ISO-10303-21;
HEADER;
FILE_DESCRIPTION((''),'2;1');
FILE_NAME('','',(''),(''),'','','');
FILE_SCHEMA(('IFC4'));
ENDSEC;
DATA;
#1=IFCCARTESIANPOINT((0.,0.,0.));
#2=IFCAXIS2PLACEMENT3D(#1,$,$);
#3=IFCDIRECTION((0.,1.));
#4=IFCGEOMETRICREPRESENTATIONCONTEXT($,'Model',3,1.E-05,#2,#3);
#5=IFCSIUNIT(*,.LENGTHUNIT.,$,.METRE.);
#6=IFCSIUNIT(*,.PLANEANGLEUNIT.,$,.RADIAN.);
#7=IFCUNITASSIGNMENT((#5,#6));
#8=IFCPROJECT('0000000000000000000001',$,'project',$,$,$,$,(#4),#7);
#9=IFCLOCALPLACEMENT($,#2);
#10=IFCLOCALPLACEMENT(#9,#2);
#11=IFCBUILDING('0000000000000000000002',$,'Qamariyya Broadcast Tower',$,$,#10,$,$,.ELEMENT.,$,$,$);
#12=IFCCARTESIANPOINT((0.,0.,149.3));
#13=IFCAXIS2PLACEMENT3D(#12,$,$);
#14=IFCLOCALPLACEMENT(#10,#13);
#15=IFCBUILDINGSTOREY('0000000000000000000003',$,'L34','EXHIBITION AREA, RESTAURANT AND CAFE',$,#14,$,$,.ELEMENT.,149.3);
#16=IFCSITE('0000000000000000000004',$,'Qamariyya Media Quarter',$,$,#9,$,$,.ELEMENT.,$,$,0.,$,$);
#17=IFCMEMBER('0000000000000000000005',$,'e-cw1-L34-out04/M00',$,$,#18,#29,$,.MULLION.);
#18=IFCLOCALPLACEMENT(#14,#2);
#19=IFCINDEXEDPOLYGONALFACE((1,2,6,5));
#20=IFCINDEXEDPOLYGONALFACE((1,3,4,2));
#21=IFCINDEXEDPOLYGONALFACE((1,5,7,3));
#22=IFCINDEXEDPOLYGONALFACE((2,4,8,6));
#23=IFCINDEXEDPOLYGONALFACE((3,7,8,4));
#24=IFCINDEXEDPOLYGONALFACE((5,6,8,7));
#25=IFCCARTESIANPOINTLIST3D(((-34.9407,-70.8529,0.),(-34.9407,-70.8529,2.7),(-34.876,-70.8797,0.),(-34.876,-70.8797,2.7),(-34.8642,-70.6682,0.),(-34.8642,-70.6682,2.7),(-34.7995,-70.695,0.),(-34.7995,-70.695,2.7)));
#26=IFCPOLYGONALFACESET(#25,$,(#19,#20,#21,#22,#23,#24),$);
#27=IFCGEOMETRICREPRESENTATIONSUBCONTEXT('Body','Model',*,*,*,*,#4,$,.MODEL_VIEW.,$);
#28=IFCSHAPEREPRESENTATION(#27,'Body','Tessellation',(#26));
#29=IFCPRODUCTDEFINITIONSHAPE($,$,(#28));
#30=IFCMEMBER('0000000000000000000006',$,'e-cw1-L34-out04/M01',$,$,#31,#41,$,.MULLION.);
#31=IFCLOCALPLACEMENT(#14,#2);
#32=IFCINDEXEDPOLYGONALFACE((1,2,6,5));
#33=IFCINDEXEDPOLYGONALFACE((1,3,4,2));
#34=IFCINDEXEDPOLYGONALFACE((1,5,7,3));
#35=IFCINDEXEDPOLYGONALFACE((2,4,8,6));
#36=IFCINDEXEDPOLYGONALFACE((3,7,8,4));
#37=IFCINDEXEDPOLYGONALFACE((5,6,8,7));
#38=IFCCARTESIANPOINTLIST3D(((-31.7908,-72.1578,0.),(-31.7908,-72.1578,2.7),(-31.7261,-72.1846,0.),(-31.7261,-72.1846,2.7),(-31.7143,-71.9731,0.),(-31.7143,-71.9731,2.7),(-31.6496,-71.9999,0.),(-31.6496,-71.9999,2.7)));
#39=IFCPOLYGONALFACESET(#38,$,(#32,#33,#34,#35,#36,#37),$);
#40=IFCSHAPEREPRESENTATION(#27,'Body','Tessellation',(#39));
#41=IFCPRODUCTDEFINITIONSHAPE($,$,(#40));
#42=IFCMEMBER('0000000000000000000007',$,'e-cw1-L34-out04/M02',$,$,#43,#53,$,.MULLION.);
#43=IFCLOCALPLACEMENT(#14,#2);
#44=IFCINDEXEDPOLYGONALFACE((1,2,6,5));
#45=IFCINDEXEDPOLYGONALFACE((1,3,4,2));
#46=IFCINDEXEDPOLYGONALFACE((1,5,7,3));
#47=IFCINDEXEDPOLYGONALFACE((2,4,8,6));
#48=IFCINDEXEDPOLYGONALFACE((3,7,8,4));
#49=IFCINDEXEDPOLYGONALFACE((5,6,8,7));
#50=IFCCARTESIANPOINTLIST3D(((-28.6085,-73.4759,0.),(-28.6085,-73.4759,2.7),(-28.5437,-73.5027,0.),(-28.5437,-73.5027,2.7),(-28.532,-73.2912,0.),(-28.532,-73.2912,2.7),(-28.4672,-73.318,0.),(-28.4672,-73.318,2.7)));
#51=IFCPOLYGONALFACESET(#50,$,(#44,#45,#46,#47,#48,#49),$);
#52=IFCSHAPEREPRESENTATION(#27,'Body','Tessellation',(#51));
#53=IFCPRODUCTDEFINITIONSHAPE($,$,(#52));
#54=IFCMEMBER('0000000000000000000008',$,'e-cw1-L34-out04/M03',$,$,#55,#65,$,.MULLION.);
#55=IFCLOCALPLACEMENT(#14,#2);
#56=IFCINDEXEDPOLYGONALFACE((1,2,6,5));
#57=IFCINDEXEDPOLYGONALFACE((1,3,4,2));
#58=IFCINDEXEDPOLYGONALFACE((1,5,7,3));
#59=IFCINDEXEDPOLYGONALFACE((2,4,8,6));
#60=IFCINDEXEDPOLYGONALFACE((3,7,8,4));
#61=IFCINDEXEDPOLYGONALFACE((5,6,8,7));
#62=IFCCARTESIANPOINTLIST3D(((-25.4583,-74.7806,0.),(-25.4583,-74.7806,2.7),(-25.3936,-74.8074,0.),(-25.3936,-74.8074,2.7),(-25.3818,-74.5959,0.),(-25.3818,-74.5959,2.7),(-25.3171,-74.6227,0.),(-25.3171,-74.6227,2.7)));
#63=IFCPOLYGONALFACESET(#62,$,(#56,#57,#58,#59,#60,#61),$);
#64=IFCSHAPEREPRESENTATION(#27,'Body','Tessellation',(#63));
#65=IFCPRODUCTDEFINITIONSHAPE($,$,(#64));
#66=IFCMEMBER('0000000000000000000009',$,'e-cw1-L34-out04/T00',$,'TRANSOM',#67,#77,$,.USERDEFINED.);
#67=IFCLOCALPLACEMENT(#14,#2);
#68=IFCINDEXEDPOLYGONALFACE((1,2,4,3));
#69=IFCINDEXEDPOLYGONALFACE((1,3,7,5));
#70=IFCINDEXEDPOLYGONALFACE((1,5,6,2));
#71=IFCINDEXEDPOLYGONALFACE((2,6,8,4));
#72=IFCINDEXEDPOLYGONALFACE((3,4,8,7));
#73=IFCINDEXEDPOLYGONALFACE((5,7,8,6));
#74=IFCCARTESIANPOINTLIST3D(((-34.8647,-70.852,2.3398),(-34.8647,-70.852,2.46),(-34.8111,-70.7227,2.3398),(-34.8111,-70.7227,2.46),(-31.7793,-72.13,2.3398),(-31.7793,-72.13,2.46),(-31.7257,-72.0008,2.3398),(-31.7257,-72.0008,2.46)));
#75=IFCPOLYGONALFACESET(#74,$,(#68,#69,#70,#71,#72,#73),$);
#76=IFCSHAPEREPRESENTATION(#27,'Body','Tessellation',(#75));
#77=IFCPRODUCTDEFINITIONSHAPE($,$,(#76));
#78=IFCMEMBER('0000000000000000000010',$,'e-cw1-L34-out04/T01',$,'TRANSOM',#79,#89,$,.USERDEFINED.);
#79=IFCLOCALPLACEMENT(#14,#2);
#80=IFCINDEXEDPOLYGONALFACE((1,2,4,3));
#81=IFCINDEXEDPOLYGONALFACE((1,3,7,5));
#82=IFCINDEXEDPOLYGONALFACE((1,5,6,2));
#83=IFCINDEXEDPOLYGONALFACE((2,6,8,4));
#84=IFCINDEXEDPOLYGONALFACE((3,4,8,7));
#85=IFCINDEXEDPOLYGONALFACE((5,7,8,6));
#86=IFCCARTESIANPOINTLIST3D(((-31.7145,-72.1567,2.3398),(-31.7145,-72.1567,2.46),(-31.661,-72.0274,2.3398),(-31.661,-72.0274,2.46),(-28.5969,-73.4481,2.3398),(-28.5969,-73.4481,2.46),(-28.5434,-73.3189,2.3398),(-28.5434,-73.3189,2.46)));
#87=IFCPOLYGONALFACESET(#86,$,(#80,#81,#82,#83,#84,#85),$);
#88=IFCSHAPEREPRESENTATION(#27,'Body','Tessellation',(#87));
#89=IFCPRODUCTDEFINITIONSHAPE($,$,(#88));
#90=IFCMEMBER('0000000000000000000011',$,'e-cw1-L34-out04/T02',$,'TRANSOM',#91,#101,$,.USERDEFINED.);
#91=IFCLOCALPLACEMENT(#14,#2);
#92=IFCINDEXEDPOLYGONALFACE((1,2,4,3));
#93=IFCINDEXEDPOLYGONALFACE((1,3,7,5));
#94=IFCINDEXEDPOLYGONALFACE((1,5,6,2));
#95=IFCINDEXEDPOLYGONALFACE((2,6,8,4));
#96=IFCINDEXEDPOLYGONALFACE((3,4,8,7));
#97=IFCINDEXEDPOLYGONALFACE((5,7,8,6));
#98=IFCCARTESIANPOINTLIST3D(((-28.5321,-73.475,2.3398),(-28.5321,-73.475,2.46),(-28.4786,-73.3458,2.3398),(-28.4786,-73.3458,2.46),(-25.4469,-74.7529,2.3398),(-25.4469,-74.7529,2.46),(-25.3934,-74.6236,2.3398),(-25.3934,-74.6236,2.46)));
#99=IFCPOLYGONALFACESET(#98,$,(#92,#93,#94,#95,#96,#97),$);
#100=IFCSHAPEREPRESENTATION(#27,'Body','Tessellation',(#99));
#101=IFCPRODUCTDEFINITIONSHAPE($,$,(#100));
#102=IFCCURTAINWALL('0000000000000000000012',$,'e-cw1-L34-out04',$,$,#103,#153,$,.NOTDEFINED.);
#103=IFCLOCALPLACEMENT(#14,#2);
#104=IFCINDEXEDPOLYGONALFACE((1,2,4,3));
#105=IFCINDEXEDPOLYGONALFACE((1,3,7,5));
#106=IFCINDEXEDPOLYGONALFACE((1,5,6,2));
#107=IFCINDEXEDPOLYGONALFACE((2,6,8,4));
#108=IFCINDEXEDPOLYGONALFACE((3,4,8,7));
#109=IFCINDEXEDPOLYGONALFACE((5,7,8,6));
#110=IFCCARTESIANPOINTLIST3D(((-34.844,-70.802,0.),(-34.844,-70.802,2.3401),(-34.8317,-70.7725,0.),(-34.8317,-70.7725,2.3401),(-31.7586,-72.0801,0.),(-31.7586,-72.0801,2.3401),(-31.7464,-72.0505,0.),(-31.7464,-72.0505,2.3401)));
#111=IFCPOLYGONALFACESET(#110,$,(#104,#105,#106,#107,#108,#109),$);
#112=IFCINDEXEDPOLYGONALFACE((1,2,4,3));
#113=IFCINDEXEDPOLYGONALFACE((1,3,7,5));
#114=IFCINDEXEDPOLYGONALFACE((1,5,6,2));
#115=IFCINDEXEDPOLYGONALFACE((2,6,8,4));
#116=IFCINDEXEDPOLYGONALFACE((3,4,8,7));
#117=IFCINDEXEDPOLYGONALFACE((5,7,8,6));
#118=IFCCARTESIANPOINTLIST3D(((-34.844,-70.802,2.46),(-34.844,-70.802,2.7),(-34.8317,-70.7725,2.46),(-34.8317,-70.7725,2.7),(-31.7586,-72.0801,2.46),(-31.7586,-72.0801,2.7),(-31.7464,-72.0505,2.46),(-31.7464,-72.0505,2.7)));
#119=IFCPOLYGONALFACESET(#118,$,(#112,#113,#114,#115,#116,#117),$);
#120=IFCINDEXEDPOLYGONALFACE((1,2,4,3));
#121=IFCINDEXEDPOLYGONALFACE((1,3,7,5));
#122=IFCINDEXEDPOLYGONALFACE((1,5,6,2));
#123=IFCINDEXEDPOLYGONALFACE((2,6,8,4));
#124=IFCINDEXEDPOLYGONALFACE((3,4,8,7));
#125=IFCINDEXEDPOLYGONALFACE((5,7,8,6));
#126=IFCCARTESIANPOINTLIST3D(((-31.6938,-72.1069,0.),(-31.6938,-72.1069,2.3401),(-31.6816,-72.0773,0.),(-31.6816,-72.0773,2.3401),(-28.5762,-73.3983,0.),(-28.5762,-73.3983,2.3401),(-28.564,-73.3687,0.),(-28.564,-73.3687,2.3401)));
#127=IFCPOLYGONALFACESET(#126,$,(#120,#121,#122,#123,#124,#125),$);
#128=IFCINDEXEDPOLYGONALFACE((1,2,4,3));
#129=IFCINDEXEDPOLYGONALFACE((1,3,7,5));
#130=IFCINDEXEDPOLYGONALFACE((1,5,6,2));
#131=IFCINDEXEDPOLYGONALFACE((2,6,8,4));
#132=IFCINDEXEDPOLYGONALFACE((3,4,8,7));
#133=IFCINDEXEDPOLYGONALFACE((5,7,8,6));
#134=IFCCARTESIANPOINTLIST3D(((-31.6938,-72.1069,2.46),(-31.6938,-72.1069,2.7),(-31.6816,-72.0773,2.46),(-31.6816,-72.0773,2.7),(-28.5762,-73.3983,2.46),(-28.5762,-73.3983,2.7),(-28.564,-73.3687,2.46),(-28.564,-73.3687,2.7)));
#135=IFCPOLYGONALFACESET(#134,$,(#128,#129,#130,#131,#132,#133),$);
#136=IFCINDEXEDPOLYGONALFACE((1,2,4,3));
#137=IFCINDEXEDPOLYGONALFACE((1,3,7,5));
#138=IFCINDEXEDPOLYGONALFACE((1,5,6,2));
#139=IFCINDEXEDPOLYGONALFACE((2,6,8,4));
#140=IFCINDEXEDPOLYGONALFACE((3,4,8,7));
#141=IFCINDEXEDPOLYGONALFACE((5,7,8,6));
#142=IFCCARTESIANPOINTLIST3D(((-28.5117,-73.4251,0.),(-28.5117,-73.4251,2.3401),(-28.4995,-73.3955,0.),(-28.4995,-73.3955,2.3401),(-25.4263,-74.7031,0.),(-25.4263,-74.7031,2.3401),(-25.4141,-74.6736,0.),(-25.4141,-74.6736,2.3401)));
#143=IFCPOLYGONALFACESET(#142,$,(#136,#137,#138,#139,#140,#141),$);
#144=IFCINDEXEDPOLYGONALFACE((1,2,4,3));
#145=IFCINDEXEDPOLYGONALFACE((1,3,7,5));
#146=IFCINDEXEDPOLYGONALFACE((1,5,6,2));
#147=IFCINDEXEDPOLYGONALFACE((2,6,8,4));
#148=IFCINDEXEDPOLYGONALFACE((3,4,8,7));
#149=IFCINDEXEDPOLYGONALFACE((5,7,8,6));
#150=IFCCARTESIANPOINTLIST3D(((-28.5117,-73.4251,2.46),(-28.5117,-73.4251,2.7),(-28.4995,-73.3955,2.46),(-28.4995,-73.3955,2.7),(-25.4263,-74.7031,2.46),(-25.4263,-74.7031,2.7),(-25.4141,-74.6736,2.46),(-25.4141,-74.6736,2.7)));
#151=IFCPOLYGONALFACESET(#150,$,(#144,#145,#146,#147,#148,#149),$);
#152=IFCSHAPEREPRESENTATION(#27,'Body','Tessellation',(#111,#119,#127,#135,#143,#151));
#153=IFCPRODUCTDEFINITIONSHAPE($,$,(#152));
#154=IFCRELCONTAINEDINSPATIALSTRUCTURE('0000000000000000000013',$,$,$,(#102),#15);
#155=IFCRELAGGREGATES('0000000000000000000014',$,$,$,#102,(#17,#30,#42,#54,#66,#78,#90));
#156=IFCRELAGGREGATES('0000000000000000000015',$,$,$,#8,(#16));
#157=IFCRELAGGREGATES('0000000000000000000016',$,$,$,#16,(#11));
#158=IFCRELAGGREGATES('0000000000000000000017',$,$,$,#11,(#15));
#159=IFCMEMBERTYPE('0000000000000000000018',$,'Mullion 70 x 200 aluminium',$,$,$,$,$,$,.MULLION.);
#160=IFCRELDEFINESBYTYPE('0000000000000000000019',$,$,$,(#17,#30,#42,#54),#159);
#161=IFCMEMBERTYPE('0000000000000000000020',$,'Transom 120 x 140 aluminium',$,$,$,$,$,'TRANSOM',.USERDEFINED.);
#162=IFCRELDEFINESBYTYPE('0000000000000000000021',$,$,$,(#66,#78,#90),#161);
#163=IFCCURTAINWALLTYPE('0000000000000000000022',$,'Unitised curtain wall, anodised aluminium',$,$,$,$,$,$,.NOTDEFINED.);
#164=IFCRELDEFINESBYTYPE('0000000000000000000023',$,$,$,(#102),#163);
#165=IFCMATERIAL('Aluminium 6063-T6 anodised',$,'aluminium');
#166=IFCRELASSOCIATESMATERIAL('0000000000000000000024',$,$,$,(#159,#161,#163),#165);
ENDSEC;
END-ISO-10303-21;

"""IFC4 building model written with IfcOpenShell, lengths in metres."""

from ifc_helpers import new_model, si_unit, direction, frame, origin, origin_2d, place, context, subcontext, project, spatial, rectangle, extrude, material, material_profile, profile_set, type_object, element, aggregate, save


model = new_model("IFC4")

# Units and contexts
model_context = context("Model", 3, precision=1e-05, world=origin(), true_north=direction((0.0, 1.0)))
body_context = subcontext(model_context, "Body", "Model", "MODEL_VIEW")
ifc_project = project(units=[si_unit("LENGTHUNIT", "METRE"), si_unit("PLANEANGLEUNIT", "RADIAN")], contexts=[model_context])

# Members
ifc_material = material(Name="Aluminium 6063-T6 anodised", Category="aluminium")
ifc_material_profile_1 = material_profile(ifc_material, rectangle(XDim=0.2, YDim=0.0701, at=origin_2d()))
ifc_profile_set_1 = profile_set([ifc_material_profile_1], Name="Aluminium 6063-T6 anodised")
member_type_1 = type_object("IfcMemberType", Name="Mullion 70 x 200 aluminium", PredefinedType="MULLION", material=ifc_profile_set_1)
site_placement = place(None, origin())
building_placement = place(site_placement, origin())
storey_placement = place(building_placement, frame((0.0, 0.0, 149.3)))
member_1_placement = place(storey_placement, frame((-34.8701, -70.7739, 0.0), z_axis=(0.0, 0.0, 1.0), x_axis=(0.382683, 0.92388, 0.0)))
member_1 = element("IfcMember", 1, at=member_1_placement, type_object=member_type_1, Name="e-cw1-L34-out04/M00", PredefinedType="MULLION", context=body_context, shape_type="SweptSolid", body=[
    extrude(rectangle(XDim=0.2, YDim=0.0701, at=origin_2d()), origin(), (0.0, 0.0, 1.0), 2.7),
])
member_2_placement = place(storey_placement, frame((-31.7202, -72.0789, 0.0), z_axis=(0.0, 0.0, 1.0), x_axis=(0.382683, 0.92388, 0.0)))
member_2 = element("IfcMember", 2, at=member_2_placement, type_object=member_type_1, Name="e-cw1-L34-out04/M01", PredefinedType="MULLION", context=body_context, shape_type="SweptSolid", body=[
    extrude(rectangle(XDim=0.2, YDim=0.0701, at=origin_2d()), origin(), (0.0, 0.0, 1.0), 2.7),
])
member_3_placement = place(storey_placement, frame((-28.5378, -73.397, 0.0), z_axis=(0.0, 0.0, 1.0), x_axis=(0.382683, 0.92388, 0.0)))
member_3 = element("IfcMember", 3, at=member_3_placement, type_object=member_type_1, Name="e-cw1-L34-out04/M02", PredefinedType="MULLION", context=body_context, shape_type="SweptSolid", body=[
    extrude(rectangle(XDim=0.2, YDim=0.0701, at=origin_2d()), origin(), (0.0, 0.0, 1.0), 2.7),
])
member_4_placement = place(storey_placement, frame((-25.3877, -74.7017, 0.0), z_axis=(0.0, 0.0, 1.0), x_axis=(0.382683, 0.92388, 0.0)))
member_4 = element("IfcMember", 4, at=member_4_placement, type_object=member_type_1, Name="e-cw1-L34-out04/M03", PredefinedType="MULLION", context=body_context, shape_type="SweptSolid", body=[
    extrude(rectangle(XDim=0.2, YDim=0.0701, at=origin_2d()), origin(), (0.0, 0.0, 1.0), 2.7),
])
ifc_material_profile_2 = material_profile(ifc_material, rectangle(XDim=0.1399, YDim=0.1201, at=origin_2d()))
ifc_profile_set_2 = profile_set([ifc_material_profile_2], Name="Aluminium 6063-T6 anodised")
member_type_2 = type_object("IfcMemberType", Name="Transom 120 x 140 aluminium", ElementType="TRANSOM", PredefinedType="USERDEFINED", material=ifc_profile_set_2)
member_5_placement = place(storey_placement, frame((-34.8379, -70.7874, 2.3999), z_axis=(0.923875, -0.382694, 0.0), x_axis=(0.382694, 0.923875, 0.0)))
member_5 = element("IfcMember", 5, at=member_5_placement, type_object=member_type_2, Name="e-cw1-L34-out04/T00", ObjectType="TRANSOM", PredefinedType="USERDEFINED", context=body_context, shape_type="SweptSolid", body=[
    extrude(rectangle(XDim=0.1399, YDim=0.1201, at=origin_2d()), origin(), (0.0, 0.0, 1.0), 3.3396),
])
member_6_placement = place(storey_placement, frame((-31.6877, -72.092, 2.3999), z_axis=(0.923867, -0.382714, 0.0), x_axis=(0.382714, 0.923867, 0.0)))
member_6 = element("IfcMember", 6, at=member_6_placement, type_object=member_type_2, Name="e-cw1-L34-out04/T01", ObjectType="TRANSOM", PredefinedType="USERDEFINED", context=body_context, shape_type="SweptSolid", body=[
    extrude(rectangle(XDim=0.1399, YDim=0.1201, at=origin_2d()), origin(), (0.0, 0.0, 1.0), 3.3745),
])
member_7_placement = place(storey_placement, frame((-28.5054, -73.4104, 2.3999), z_axis=(0.92389, -0.382657, 0.0), x_axis=(0.382657, 0.92389, 0.0)))
member_7 = element("IfcMember", 7, at=member_7_placement, type_object=member_type_2, Name="e-cw1-L34-out04/T02", ObjectType="TRANSOM", PredefinedType="USERDEFINED", context=body_context, shape_type="SweptSolid", body=[
    extrude(rectangle(XDim=0.1399, YDim=0.1201, at=origin_2d()), origin(), (0.0, 0.0, 1.0), 3.3394),
])

# Site, building, storey
site = spatial("IfcSite", under=ifc_project, at=site_placement, Name="Qamariyya Media Quarter", CompositionType="ELEMENT", RefElevation=0.0)
building = spatial("IfcBuilding", under=site, at=building_placement, Name="Qamariyya Broadcast Tower", CompositionType="ELEMENT")
storey = spatial("IfcBuildingStorey", under=building, at=storey_placement, Name="L34", Description="EXHIBITION AREA, RESTAURANT AND CAFE", CompositionType="ELEMENT", Elevation=149.3)

# Curtain wall
curtain_wall_type = type_object("IfcCurtainWallType", Name="Unitised curtain wall, anodised aluminium", PredefinedType="NOTDEFINED", material=ifc_material)
curtain_wall_1_placement = place(storey_placement, origin())
curtain_wall_1 = element("IfcCurtainWall", 8, at=curtain_wall_1_placement, inside=storey, type_object=curtain_wall_type, Name="e-cw1-L34-out04", PredefinedType="NOTDEFINED", context=body_context, shape_type="SweptSolid", body=[
    extrude(rectangle(XDim=3.3396, YDim=0.032, at=origin_2d()), frame((-33.2952, -71.4263, 0.0), x_axis=(0.923878, -0.382687, 0.0)), (0.0, 0.0, 1.0), 2.3401),
    extrude(rectangle(XDim=3.3396, YDim=0.032, at=origin_2d()), frame((-33.2952, -71.4263, 2.46), x_axis=(0.923878, -0.382687, 0.0)), (0.0, 0.0, 1.0), 0.24),
    extrude(rectangle(XDim=3.3745, YDim=0.032, at=origin_2d()), frame((-30.1289, -72.7378, 0.0), x_axis=(0.923878, -0.382687, 0.0)), (0.0, 0.0, 1.0), 2.3401),
    extrude(rectangle(XDim=3.3745, YDim=0.032, at=origin_2d()), frame((-30.1289, -72.7378, 2.46), x_axis=(0.923878, -0.382687, 0.0)), (0.0, 0.0, 1.0), 0.24),
    extrude(rectangle(XDim=3.3396, YDim=0.032, at=origin_2d()), frame((-26.9629, -74.0493, 0.0), x_axis=(0.923878, -0.382687, 0.0)), (0.0, 0.0, 1.0), 2.3401),
    extrude(rectangle(XDim=3.3396, YDim=0.032, at=origin_2d()), frame((-26.9629, -74.0493, 2.46), x_axis=(0.923878, -0.382687, 0.0)), (0.0, 0.0, 1.0), 0.24),
])
aggregate(curtain_wall_1, [member_1, member_2, member_3, member_4, member_5, member_6, member_7])

save(model, "model.ifc")
